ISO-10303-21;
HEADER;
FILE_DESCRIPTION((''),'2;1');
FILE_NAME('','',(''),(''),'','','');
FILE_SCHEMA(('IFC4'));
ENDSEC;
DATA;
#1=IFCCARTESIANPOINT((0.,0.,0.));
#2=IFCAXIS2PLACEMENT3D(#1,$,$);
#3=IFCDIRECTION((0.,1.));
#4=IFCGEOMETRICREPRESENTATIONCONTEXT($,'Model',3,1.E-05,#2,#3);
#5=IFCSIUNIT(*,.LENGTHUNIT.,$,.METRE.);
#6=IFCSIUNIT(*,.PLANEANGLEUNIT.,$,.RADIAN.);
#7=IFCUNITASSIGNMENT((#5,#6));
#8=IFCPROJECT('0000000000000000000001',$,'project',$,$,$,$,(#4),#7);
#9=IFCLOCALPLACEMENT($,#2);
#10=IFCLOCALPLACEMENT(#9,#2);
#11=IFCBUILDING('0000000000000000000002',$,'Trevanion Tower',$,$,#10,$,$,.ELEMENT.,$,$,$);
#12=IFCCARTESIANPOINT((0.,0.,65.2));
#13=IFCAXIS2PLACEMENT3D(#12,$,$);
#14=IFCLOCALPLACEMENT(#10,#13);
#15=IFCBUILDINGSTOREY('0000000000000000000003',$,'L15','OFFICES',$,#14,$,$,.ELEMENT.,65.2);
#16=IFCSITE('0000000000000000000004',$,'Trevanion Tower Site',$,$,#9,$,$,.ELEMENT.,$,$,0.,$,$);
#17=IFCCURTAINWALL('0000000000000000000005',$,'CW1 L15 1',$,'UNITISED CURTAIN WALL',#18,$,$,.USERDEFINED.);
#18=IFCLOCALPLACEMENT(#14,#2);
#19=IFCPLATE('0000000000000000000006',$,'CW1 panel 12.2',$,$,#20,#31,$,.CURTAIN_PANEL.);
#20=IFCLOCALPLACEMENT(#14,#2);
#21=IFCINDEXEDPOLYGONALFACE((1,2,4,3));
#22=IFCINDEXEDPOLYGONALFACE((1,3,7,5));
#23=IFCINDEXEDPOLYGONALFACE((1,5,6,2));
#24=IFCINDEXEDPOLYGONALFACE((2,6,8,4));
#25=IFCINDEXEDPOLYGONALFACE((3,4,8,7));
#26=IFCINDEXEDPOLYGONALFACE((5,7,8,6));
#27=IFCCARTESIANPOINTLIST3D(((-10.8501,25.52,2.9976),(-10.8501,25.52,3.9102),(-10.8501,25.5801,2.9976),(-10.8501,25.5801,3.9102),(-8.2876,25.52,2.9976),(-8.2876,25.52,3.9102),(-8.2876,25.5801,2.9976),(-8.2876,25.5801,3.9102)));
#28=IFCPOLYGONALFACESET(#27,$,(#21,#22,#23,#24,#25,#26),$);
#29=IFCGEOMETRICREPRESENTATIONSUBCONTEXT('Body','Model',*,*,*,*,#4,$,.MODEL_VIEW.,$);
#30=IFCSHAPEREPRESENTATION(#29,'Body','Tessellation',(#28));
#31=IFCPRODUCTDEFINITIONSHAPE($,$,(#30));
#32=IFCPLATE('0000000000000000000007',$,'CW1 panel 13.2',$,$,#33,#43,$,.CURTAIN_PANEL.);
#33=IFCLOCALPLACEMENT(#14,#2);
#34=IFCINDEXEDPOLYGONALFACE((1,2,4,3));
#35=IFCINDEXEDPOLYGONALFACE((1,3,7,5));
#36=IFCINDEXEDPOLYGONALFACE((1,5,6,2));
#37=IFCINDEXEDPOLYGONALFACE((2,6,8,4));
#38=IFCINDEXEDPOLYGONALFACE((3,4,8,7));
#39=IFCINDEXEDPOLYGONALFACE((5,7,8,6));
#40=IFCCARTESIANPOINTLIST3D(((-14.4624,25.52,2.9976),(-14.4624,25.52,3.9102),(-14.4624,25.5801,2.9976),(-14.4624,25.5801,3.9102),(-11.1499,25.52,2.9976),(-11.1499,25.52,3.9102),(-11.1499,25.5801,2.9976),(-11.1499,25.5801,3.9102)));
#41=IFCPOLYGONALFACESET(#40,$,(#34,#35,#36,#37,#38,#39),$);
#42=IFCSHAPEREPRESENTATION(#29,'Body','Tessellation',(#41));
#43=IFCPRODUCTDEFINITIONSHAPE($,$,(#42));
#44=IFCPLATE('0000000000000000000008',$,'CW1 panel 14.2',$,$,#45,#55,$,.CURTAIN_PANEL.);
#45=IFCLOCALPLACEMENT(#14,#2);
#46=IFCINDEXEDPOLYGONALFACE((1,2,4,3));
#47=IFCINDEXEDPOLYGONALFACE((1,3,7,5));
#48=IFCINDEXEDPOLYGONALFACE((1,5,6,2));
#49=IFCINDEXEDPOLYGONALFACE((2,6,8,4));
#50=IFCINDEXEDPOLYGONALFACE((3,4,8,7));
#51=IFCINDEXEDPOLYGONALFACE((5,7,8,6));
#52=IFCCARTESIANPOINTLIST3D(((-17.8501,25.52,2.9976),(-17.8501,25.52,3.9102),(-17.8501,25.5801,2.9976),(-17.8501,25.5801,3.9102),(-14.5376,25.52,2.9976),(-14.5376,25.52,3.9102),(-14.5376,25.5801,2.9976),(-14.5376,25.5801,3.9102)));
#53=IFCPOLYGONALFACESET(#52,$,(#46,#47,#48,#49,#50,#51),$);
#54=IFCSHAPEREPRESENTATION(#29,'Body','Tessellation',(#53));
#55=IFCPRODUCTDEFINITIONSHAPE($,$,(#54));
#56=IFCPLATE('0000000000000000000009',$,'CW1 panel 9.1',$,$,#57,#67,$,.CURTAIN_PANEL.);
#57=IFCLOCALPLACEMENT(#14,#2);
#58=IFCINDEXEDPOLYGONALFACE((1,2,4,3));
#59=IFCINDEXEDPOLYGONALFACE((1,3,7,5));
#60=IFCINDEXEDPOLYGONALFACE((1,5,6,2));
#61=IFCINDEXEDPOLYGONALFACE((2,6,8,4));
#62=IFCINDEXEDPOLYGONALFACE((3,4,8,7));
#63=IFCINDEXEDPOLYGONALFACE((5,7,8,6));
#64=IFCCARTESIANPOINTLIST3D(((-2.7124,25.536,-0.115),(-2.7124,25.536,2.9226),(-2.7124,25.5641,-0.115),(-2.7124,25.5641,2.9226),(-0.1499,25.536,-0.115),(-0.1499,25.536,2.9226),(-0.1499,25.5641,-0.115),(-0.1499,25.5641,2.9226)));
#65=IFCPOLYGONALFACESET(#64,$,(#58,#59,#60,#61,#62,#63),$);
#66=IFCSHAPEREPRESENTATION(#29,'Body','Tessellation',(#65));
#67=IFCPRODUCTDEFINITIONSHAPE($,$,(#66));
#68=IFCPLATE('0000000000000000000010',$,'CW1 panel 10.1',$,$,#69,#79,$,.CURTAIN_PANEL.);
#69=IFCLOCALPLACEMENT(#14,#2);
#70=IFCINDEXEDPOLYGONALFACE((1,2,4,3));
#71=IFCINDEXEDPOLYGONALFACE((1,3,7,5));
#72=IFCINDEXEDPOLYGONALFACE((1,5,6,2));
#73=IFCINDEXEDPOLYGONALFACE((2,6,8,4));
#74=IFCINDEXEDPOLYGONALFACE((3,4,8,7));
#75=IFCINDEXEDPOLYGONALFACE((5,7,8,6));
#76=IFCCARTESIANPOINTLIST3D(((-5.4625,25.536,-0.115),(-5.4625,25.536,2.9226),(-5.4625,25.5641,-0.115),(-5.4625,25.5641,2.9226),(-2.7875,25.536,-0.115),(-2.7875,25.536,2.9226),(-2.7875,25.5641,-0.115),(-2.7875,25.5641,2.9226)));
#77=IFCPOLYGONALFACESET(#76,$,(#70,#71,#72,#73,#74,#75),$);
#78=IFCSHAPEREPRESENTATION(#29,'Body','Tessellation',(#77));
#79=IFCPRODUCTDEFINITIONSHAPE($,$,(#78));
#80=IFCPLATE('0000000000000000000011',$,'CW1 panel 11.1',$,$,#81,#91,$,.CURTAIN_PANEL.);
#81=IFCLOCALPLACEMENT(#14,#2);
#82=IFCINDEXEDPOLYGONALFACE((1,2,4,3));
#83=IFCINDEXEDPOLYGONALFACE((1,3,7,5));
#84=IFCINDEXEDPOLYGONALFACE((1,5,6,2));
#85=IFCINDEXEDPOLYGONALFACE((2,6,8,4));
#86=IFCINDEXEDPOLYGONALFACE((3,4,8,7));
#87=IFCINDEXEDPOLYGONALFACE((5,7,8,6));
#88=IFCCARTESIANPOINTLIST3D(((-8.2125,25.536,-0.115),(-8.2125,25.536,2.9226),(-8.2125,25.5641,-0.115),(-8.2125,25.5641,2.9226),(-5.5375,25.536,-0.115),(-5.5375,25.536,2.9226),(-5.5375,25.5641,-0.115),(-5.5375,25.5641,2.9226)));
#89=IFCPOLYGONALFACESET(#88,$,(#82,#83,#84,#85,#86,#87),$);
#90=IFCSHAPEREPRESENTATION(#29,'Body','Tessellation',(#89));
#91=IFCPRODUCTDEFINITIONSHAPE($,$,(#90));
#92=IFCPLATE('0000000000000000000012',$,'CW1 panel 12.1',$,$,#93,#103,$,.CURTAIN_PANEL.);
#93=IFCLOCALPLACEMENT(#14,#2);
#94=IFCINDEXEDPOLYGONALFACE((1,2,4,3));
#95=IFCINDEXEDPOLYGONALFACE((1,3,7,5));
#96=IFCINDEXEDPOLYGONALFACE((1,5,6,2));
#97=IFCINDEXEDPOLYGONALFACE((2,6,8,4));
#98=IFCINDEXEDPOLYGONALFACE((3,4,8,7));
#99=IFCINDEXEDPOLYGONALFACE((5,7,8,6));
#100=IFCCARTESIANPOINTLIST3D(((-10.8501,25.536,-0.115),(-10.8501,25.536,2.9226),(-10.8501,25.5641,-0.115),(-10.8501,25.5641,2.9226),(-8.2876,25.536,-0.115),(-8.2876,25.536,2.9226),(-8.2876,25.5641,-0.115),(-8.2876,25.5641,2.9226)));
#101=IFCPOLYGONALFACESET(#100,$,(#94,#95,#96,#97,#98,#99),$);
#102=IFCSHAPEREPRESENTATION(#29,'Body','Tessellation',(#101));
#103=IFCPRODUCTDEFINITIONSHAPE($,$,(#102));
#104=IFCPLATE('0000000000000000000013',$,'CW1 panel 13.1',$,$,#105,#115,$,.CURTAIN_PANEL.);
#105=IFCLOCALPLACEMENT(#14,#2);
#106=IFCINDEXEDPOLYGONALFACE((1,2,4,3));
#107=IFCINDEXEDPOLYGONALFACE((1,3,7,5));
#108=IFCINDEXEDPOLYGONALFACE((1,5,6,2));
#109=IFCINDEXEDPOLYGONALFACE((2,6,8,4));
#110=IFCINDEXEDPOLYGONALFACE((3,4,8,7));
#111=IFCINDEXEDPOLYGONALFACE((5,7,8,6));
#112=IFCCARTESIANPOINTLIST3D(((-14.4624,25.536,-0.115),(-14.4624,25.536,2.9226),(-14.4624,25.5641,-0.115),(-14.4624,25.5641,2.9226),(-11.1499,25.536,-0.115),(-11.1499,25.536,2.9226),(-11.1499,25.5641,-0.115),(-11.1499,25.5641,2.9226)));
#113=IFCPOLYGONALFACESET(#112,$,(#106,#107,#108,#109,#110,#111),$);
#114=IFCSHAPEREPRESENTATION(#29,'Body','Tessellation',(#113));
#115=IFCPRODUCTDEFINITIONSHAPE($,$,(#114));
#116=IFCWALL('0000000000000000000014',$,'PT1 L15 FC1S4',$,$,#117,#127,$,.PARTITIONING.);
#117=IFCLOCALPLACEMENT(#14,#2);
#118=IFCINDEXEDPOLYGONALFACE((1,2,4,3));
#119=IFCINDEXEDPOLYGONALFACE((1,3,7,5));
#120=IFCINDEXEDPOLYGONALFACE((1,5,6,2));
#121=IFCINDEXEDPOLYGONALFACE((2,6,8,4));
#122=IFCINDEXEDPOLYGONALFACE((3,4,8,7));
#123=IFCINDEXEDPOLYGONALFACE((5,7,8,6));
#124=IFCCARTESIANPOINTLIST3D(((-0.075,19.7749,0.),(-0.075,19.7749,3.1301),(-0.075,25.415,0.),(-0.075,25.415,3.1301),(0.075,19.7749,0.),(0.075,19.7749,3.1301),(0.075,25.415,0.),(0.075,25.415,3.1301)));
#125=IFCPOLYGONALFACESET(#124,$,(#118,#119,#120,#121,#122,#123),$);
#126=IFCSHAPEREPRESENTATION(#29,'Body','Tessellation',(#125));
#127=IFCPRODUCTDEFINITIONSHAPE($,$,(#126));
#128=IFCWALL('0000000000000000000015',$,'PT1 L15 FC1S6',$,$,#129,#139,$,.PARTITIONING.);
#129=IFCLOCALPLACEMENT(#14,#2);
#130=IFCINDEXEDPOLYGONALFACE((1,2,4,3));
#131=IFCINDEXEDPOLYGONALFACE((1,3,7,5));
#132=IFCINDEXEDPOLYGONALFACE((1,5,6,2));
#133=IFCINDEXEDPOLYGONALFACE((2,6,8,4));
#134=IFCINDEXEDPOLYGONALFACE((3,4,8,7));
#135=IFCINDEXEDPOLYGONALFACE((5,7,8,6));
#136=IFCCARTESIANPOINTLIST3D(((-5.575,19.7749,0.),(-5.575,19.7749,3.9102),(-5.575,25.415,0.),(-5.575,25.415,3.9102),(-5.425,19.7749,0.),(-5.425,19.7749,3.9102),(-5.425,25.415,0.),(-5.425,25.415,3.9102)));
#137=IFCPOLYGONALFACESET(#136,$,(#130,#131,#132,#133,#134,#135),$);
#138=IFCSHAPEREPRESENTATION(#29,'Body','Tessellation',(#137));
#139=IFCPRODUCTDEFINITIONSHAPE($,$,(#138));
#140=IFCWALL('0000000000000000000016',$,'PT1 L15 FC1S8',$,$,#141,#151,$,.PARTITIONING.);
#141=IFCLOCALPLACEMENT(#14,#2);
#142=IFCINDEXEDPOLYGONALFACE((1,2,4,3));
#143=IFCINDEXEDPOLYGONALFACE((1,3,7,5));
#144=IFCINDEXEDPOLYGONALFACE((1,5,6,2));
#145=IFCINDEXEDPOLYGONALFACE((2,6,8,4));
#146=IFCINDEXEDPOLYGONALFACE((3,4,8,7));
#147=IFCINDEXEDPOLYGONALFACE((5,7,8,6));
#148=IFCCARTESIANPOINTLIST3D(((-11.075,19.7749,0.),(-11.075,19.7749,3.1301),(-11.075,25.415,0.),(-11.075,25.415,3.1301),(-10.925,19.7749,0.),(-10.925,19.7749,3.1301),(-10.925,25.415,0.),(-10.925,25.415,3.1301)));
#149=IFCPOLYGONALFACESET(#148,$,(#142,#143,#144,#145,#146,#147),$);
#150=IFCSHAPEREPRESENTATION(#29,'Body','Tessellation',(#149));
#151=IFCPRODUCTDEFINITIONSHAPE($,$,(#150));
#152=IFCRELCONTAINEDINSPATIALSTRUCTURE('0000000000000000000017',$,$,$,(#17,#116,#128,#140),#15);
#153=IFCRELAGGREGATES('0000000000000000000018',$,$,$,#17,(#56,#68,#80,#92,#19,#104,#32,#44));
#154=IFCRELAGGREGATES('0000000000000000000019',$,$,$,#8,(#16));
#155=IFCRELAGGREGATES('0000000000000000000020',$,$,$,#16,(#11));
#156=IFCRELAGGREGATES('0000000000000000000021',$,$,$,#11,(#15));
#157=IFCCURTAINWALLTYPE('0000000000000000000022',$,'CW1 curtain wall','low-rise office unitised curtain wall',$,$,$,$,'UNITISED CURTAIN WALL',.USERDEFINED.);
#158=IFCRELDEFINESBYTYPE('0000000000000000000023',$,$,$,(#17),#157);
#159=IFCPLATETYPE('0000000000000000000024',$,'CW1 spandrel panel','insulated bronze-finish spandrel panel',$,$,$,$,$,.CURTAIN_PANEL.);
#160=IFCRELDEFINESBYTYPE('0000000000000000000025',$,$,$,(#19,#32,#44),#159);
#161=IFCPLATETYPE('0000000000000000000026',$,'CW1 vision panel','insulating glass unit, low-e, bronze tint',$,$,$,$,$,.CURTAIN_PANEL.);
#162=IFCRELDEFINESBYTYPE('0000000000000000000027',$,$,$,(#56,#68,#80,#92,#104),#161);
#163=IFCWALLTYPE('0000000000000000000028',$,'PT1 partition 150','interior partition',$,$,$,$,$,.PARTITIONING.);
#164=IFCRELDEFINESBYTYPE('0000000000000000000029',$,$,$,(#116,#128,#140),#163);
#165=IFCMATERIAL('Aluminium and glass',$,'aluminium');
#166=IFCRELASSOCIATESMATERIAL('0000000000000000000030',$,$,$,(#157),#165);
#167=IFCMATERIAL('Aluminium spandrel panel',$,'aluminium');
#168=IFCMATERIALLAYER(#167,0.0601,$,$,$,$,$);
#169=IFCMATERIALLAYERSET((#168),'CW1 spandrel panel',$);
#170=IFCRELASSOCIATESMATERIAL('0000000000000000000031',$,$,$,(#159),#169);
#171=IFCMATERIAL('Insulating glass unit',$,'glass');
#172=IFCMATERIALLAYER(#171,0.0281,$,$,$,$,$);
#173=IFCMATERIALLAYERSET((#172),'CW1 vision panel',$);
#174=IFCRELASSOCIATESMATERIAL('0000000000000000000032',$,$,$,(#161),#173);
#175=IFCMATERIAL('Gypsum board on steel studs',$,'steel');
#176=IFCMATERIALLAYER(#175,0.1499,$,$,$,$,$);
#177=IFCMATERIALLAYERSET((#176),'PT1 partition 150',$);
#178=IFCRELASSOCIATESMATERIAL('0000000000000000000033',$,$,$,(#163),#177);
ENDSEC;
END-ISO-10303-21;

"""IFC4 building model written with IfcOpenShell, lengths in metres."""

from ifc_helpers import new_model, si_unit, direction, frame, frame_2d, origin, origin_2d, place, context, subcontext, project, spatial, rectangle, extrude, material, layer, layer_set, type_object, element, aggregate, save


model = new_model("IFC4")

# Units and contexts
model_context = context("Model", 3, precision=1e-05, world=origin(), true_north=direction((0.0, 1.0)))
body_context = subcontext(model_context, "Body", "Model", "MODEL_VIEW")
ifc_project = project(units=[si_unit("LENGTHUNIT", "METRE"), si_unit("PLANEANGLEUNIT", "RADIAN")], contexts=[model_context])

# Site, building, storey
site_placement = place(None, origin())
site = spatial("IfcSite", under=ifc_project, at=site_placement, Name="Trevanion Tower Site", CompositionType="ELEMENT", RefElevation=0.0)
building_placement = place(site_placement, origin())
building = spatial("IfcBuilding", under=site, at=building_placement, Name="Trevanion Tower", CompositionType="ELEMENT")
storey_placement = place(building_placement, frame((0.0, 0.0, 65.2)))
storey = spatial("IfcBuildingStorey", under=building, at=storey_placement, Name="L15", Description="OFFICES", CompositionType="ELEMENT", Elevation=65.2)

# Curtain wall
ifc_material_1 = material(Name="Aluminium and glass", Category="aluminium")
curtain_wall_type = type_object("IfcCurtainWallType", Name="CW1 curtain wall", Description="low-rise office unitised curtain wall", ElementType="UNITISED CURTAIN WALL", PredefinedType="USERDEFINED", material=ifc_material_1)
curtain_wall_placement = place(storey_placement, origin())
curtain_wall = element("IfcCurtainWall", 1, at=curtain_wall_placement, inside=storey, type_object=curtain_wall_type, Name="CW1 L15 1", ObjectType="UNITISED CURTAIN WALL", PredefinedType="USERDEFINED")

# Plates
ifc_material_2 = material(Name="Aluminium spandrel panel", Category="aluminium")
ifc_layer_1 = layer(ifc_material_2, 0.0601)
ifc_layer_set_1 = layer_set([ifc_layer_1], Name="CW1 spandrel panel")
plate_type_1 = type_object("IfcPlateType", Name="CW1 spandrel panel", Description="insulated bronze-finish spandrel panel", PredefinedType="CURTAIN_PANEL", material=ifc_layer_set_1)
plate_1_placement = place(storey_placement, frame((-9.5688, 25.55, 2.9976), z_axis=(0.0, 0.0, 1.0), x_axis=(-1.0, 0.0, 0.0)))
plate_1 = element("IfcPlate", 2, at=plate_1_placement, type_object=plate_type_1, Name="CW1 panel 12.2", PredefinedType="CURTAIN_PANEL", context=body_context, shape_type="SweptSolid", body=[
    extrude(rectangle(XDim=2.5625, YDim=0.0601, at=origin_2d()), origin(), (0.0, 0.0, 1.0), 0.9126),
])
plate_2_placement = place(storey_placement, frame((-12.8062, 25.55, 2.9976), z_axis=(0.0, 0.0, 1.0), x_axis=(-1.0, 0.0, 0.0)))
plate_2 = element("IfcPlate", 3, at=plate_2_placement, type_object=plate_type_1, Name="CW1 panel 13.2", PredefinedType="CURTAIN_PANEL", context=body_context, shape_type="SweptSolid", body=[
    extrude(rectangle(XDim=3.3125, YDim=0.0601, at=origin_2d()), origin(), (0.0, 0.0, 1.0), 0.9126),
])
plate_3_placement = place(storey_placement, frame((-16.1938, 25.55, 2.9976), z_axis=(0.0, 0.0, 1.0), x_axis=(-1.0, 0.0, 0.0)))
plate_3 = element("IfcPlate", 4, at=plate_3_placement, type_object=plate_type_1, Name="CW1 panel 14.2", PredefinedType="CURTAIN_PANEL", context=body_context, shape_type="SweptSolid", body=[
    extrude(rectangle(XDim=3.3125, YDim=0.0601, at=origin_2d()), origin(), (0.0, 0.0, 1.0), 0.9126),
])
ifc_material_3 = material(Name="Insulating glass unit", Category="glass")
ifc_layer_2 = layer(ifc_material_3, 0.0281)
ifc_layer_set_2 = layer_set([ifc_layer_2], Name="CW1 vision panel")
plate_type_2 = type_object("IfcPlateType", Name="CW1 vision panel", Description="insulating glass unit, low-e, bronze tint", PredefinedType="CURTAIN_PANEL", material=ifc_layer_set_2)
plate_4_placement = place(storey_placement, frame((-1.4312, 25.55, -0.115), z_axis=(0.0, 0.0, 1.0), x_axis=(-1.0, 0.0, 0.0)))
plate_4 = element("IfcPlate", 5, at=plate_4_placement, type_object=plate_type_2, Name="CW1 panel 9.1", PredefinedType="CURTAIN_PANEL", context=body_context, shape_type="SweptSolid", body=[
    extrude(rectangle(XDim=2.5625, YDim=0.0281, at=origin_2d()), origin(), (0.0, 0.0, 1.0), 3.0376),
])
plate_5_placement = place(storey_placement, frame((-4.125, 25.55, -0.115), z_axis=(0.0, 0.0, 1.0), x_axis=(-1.0, 0.0, 0.0)))
plate_5 = element("IfcPlate", 6, at=plate_5_placement, type_object=plate_type_2, Name="CW1 panel 10.1", PredefinedType="CURTAIN_PANEL", context=body_context, shape_type="SweptSolid", body=[
    extrude(rectangle(XDim=2.675, YDim=0.0281, at=origin_2d()), origin(), (0.0, 0.0, 1.0), 3.0376),
])
plate_6_placement = place(storey_placement, frame((-6.875, 25.55, -0.115), z_axis=(0.0, 0.0, 1.0), x_axis=(-1.0, 0.0, 0.0)))
plate_6 = element("IfcPlate", 7, at=plate_6_placement, type_object=plate_type_2, Name="CW1 panel 11.1", PredefinedType="CURTAIN_PANEL", context=body_context, shape_type="SweptSolid", body=[
    extrude(rectangle(XDim=2.675, YDim=0.0281, at=origin_2d()), origin(), (0.0, 0.0, 1.0), 3.0376),
])
plate_7_placement = place(storey_placement, frame((-9.5688, 25.55, -0.115), z_axis=(0.0, 0.0, 1.0), x_axis=(-1.0, 0.0, 0.0)))
plate_7 = element("IfcPlate", 8, at=plate_7_placement, type_object=plate_type_2, Name="CW1 panel 12.1", PredefinedType="CURTAIN_PANEL", context=body_context, shape_type="SweptSolid", body=[
    extrude(rectangle(XDim=2.5625, YDim=0.0281, at=origin_2d()), origin(), (0.0, 0.0, 1.0), 3.0376),
])
plate_8_placement = place(storey_placement, frame((-12.8062, 25.55, -0.115), z_axis=(0.0, 0.0, 1.0), x_axis=(-1.0, 0.0, 0.0)))
plate_8 = element("IfcPlate", 9, at=plate_8_placement, type_object=plate_type_2, Name="CW1 panel 13.1", PredefinedType="CURTAIN_PANEL", context=body_context, shape_type="SweptSolid", body=[
    extrude(rectangle(XDim=3.3125, YDim=0.0281, at=origin_2d()), origin(), (0.0, 0.0, 1.0), 3.0376),
])
aggregate(curtain_wall, [plate_4, plate_5, plate_6, plate_7, plate_1, plate_8, plate_2, plate_3])

# Walls
ifc_material_4 = material(Name="Gypsum board on steel studs", Category="steel")
ifc_layer_3 = layer(ifc_material_4, 0.1499)
ifc_layer_set_3 = layer_set([ifc_layer_3], Name="PT1 partition 150")
wall_type = type_object("IfcWallType", Name="PT1 partition 150", Description="interior partition", PredefinedType="PARTITIONING", material=ifc_layer_set_3)
wall_1_placement = place(storey_placement, frame((0.0, 19.7749, 0.0), z_axis=(0.0, 0.0, 1.0), x_axis=(0.0, 1.0, 0.0)))
element("IfcWall", 10, at=wall_1_placement, inside=storey, type_object=wall_type, Name="PT1 L15 FC1S4", PredefinedType="PARTITIONING", context=body_context, shape_type="SweptSolid", body=[
    extrude(rectangle(XDim=5.6401, YDim=0.1499, at=frame_2d((2.8201, 0.0))), origin(), (0.0, 0.0, 1.0), 3.1301),
])
wall_2_placement = place(storey_placement, frame((-5.5, 19.7749, 0.0), z_axis=(0.0, 0.0, 1.0), x_axis=(0.0, 1.0, 0.0)))
element("IfcWall", 11, at=wall_2_placement, inside=storey, type_object=wall_type, Name="PT1 L15 FC1S6", PredefinedType="PARTITIONING", context=body_context, shape_type="SweptSolid", body=[
    extrude(rectangle(XDim=5.6401, YDim=0.1499, at=frame_2d((2.8201, 0.0))), origin(), (0.0, 0.0, 1.0), 3.9102),
])
wall_3_placement = place(storey_placement, frame((-11.0, 19.7749, 0.0), z_axis=(0.0, 0.0, 1.0), x_axis=(0.0, 1.0, 0.0)))
element("IfcWall", 12, at=wall_3_placement, inside=storey, type_object=wall_type, Name="PT1 L15 FC1S8", PredefinedType="PARTITIONING", context=body_context, shape_type="SweptSolid", body=[
    extrude(rectangle(XDim=5.6401, YDim=0.1499, at=frame_2d((2.8201, 0.0))), origin(), (0.0, 0.0, 1.0), 3.1301),
])

save(model, "model.ifc")
